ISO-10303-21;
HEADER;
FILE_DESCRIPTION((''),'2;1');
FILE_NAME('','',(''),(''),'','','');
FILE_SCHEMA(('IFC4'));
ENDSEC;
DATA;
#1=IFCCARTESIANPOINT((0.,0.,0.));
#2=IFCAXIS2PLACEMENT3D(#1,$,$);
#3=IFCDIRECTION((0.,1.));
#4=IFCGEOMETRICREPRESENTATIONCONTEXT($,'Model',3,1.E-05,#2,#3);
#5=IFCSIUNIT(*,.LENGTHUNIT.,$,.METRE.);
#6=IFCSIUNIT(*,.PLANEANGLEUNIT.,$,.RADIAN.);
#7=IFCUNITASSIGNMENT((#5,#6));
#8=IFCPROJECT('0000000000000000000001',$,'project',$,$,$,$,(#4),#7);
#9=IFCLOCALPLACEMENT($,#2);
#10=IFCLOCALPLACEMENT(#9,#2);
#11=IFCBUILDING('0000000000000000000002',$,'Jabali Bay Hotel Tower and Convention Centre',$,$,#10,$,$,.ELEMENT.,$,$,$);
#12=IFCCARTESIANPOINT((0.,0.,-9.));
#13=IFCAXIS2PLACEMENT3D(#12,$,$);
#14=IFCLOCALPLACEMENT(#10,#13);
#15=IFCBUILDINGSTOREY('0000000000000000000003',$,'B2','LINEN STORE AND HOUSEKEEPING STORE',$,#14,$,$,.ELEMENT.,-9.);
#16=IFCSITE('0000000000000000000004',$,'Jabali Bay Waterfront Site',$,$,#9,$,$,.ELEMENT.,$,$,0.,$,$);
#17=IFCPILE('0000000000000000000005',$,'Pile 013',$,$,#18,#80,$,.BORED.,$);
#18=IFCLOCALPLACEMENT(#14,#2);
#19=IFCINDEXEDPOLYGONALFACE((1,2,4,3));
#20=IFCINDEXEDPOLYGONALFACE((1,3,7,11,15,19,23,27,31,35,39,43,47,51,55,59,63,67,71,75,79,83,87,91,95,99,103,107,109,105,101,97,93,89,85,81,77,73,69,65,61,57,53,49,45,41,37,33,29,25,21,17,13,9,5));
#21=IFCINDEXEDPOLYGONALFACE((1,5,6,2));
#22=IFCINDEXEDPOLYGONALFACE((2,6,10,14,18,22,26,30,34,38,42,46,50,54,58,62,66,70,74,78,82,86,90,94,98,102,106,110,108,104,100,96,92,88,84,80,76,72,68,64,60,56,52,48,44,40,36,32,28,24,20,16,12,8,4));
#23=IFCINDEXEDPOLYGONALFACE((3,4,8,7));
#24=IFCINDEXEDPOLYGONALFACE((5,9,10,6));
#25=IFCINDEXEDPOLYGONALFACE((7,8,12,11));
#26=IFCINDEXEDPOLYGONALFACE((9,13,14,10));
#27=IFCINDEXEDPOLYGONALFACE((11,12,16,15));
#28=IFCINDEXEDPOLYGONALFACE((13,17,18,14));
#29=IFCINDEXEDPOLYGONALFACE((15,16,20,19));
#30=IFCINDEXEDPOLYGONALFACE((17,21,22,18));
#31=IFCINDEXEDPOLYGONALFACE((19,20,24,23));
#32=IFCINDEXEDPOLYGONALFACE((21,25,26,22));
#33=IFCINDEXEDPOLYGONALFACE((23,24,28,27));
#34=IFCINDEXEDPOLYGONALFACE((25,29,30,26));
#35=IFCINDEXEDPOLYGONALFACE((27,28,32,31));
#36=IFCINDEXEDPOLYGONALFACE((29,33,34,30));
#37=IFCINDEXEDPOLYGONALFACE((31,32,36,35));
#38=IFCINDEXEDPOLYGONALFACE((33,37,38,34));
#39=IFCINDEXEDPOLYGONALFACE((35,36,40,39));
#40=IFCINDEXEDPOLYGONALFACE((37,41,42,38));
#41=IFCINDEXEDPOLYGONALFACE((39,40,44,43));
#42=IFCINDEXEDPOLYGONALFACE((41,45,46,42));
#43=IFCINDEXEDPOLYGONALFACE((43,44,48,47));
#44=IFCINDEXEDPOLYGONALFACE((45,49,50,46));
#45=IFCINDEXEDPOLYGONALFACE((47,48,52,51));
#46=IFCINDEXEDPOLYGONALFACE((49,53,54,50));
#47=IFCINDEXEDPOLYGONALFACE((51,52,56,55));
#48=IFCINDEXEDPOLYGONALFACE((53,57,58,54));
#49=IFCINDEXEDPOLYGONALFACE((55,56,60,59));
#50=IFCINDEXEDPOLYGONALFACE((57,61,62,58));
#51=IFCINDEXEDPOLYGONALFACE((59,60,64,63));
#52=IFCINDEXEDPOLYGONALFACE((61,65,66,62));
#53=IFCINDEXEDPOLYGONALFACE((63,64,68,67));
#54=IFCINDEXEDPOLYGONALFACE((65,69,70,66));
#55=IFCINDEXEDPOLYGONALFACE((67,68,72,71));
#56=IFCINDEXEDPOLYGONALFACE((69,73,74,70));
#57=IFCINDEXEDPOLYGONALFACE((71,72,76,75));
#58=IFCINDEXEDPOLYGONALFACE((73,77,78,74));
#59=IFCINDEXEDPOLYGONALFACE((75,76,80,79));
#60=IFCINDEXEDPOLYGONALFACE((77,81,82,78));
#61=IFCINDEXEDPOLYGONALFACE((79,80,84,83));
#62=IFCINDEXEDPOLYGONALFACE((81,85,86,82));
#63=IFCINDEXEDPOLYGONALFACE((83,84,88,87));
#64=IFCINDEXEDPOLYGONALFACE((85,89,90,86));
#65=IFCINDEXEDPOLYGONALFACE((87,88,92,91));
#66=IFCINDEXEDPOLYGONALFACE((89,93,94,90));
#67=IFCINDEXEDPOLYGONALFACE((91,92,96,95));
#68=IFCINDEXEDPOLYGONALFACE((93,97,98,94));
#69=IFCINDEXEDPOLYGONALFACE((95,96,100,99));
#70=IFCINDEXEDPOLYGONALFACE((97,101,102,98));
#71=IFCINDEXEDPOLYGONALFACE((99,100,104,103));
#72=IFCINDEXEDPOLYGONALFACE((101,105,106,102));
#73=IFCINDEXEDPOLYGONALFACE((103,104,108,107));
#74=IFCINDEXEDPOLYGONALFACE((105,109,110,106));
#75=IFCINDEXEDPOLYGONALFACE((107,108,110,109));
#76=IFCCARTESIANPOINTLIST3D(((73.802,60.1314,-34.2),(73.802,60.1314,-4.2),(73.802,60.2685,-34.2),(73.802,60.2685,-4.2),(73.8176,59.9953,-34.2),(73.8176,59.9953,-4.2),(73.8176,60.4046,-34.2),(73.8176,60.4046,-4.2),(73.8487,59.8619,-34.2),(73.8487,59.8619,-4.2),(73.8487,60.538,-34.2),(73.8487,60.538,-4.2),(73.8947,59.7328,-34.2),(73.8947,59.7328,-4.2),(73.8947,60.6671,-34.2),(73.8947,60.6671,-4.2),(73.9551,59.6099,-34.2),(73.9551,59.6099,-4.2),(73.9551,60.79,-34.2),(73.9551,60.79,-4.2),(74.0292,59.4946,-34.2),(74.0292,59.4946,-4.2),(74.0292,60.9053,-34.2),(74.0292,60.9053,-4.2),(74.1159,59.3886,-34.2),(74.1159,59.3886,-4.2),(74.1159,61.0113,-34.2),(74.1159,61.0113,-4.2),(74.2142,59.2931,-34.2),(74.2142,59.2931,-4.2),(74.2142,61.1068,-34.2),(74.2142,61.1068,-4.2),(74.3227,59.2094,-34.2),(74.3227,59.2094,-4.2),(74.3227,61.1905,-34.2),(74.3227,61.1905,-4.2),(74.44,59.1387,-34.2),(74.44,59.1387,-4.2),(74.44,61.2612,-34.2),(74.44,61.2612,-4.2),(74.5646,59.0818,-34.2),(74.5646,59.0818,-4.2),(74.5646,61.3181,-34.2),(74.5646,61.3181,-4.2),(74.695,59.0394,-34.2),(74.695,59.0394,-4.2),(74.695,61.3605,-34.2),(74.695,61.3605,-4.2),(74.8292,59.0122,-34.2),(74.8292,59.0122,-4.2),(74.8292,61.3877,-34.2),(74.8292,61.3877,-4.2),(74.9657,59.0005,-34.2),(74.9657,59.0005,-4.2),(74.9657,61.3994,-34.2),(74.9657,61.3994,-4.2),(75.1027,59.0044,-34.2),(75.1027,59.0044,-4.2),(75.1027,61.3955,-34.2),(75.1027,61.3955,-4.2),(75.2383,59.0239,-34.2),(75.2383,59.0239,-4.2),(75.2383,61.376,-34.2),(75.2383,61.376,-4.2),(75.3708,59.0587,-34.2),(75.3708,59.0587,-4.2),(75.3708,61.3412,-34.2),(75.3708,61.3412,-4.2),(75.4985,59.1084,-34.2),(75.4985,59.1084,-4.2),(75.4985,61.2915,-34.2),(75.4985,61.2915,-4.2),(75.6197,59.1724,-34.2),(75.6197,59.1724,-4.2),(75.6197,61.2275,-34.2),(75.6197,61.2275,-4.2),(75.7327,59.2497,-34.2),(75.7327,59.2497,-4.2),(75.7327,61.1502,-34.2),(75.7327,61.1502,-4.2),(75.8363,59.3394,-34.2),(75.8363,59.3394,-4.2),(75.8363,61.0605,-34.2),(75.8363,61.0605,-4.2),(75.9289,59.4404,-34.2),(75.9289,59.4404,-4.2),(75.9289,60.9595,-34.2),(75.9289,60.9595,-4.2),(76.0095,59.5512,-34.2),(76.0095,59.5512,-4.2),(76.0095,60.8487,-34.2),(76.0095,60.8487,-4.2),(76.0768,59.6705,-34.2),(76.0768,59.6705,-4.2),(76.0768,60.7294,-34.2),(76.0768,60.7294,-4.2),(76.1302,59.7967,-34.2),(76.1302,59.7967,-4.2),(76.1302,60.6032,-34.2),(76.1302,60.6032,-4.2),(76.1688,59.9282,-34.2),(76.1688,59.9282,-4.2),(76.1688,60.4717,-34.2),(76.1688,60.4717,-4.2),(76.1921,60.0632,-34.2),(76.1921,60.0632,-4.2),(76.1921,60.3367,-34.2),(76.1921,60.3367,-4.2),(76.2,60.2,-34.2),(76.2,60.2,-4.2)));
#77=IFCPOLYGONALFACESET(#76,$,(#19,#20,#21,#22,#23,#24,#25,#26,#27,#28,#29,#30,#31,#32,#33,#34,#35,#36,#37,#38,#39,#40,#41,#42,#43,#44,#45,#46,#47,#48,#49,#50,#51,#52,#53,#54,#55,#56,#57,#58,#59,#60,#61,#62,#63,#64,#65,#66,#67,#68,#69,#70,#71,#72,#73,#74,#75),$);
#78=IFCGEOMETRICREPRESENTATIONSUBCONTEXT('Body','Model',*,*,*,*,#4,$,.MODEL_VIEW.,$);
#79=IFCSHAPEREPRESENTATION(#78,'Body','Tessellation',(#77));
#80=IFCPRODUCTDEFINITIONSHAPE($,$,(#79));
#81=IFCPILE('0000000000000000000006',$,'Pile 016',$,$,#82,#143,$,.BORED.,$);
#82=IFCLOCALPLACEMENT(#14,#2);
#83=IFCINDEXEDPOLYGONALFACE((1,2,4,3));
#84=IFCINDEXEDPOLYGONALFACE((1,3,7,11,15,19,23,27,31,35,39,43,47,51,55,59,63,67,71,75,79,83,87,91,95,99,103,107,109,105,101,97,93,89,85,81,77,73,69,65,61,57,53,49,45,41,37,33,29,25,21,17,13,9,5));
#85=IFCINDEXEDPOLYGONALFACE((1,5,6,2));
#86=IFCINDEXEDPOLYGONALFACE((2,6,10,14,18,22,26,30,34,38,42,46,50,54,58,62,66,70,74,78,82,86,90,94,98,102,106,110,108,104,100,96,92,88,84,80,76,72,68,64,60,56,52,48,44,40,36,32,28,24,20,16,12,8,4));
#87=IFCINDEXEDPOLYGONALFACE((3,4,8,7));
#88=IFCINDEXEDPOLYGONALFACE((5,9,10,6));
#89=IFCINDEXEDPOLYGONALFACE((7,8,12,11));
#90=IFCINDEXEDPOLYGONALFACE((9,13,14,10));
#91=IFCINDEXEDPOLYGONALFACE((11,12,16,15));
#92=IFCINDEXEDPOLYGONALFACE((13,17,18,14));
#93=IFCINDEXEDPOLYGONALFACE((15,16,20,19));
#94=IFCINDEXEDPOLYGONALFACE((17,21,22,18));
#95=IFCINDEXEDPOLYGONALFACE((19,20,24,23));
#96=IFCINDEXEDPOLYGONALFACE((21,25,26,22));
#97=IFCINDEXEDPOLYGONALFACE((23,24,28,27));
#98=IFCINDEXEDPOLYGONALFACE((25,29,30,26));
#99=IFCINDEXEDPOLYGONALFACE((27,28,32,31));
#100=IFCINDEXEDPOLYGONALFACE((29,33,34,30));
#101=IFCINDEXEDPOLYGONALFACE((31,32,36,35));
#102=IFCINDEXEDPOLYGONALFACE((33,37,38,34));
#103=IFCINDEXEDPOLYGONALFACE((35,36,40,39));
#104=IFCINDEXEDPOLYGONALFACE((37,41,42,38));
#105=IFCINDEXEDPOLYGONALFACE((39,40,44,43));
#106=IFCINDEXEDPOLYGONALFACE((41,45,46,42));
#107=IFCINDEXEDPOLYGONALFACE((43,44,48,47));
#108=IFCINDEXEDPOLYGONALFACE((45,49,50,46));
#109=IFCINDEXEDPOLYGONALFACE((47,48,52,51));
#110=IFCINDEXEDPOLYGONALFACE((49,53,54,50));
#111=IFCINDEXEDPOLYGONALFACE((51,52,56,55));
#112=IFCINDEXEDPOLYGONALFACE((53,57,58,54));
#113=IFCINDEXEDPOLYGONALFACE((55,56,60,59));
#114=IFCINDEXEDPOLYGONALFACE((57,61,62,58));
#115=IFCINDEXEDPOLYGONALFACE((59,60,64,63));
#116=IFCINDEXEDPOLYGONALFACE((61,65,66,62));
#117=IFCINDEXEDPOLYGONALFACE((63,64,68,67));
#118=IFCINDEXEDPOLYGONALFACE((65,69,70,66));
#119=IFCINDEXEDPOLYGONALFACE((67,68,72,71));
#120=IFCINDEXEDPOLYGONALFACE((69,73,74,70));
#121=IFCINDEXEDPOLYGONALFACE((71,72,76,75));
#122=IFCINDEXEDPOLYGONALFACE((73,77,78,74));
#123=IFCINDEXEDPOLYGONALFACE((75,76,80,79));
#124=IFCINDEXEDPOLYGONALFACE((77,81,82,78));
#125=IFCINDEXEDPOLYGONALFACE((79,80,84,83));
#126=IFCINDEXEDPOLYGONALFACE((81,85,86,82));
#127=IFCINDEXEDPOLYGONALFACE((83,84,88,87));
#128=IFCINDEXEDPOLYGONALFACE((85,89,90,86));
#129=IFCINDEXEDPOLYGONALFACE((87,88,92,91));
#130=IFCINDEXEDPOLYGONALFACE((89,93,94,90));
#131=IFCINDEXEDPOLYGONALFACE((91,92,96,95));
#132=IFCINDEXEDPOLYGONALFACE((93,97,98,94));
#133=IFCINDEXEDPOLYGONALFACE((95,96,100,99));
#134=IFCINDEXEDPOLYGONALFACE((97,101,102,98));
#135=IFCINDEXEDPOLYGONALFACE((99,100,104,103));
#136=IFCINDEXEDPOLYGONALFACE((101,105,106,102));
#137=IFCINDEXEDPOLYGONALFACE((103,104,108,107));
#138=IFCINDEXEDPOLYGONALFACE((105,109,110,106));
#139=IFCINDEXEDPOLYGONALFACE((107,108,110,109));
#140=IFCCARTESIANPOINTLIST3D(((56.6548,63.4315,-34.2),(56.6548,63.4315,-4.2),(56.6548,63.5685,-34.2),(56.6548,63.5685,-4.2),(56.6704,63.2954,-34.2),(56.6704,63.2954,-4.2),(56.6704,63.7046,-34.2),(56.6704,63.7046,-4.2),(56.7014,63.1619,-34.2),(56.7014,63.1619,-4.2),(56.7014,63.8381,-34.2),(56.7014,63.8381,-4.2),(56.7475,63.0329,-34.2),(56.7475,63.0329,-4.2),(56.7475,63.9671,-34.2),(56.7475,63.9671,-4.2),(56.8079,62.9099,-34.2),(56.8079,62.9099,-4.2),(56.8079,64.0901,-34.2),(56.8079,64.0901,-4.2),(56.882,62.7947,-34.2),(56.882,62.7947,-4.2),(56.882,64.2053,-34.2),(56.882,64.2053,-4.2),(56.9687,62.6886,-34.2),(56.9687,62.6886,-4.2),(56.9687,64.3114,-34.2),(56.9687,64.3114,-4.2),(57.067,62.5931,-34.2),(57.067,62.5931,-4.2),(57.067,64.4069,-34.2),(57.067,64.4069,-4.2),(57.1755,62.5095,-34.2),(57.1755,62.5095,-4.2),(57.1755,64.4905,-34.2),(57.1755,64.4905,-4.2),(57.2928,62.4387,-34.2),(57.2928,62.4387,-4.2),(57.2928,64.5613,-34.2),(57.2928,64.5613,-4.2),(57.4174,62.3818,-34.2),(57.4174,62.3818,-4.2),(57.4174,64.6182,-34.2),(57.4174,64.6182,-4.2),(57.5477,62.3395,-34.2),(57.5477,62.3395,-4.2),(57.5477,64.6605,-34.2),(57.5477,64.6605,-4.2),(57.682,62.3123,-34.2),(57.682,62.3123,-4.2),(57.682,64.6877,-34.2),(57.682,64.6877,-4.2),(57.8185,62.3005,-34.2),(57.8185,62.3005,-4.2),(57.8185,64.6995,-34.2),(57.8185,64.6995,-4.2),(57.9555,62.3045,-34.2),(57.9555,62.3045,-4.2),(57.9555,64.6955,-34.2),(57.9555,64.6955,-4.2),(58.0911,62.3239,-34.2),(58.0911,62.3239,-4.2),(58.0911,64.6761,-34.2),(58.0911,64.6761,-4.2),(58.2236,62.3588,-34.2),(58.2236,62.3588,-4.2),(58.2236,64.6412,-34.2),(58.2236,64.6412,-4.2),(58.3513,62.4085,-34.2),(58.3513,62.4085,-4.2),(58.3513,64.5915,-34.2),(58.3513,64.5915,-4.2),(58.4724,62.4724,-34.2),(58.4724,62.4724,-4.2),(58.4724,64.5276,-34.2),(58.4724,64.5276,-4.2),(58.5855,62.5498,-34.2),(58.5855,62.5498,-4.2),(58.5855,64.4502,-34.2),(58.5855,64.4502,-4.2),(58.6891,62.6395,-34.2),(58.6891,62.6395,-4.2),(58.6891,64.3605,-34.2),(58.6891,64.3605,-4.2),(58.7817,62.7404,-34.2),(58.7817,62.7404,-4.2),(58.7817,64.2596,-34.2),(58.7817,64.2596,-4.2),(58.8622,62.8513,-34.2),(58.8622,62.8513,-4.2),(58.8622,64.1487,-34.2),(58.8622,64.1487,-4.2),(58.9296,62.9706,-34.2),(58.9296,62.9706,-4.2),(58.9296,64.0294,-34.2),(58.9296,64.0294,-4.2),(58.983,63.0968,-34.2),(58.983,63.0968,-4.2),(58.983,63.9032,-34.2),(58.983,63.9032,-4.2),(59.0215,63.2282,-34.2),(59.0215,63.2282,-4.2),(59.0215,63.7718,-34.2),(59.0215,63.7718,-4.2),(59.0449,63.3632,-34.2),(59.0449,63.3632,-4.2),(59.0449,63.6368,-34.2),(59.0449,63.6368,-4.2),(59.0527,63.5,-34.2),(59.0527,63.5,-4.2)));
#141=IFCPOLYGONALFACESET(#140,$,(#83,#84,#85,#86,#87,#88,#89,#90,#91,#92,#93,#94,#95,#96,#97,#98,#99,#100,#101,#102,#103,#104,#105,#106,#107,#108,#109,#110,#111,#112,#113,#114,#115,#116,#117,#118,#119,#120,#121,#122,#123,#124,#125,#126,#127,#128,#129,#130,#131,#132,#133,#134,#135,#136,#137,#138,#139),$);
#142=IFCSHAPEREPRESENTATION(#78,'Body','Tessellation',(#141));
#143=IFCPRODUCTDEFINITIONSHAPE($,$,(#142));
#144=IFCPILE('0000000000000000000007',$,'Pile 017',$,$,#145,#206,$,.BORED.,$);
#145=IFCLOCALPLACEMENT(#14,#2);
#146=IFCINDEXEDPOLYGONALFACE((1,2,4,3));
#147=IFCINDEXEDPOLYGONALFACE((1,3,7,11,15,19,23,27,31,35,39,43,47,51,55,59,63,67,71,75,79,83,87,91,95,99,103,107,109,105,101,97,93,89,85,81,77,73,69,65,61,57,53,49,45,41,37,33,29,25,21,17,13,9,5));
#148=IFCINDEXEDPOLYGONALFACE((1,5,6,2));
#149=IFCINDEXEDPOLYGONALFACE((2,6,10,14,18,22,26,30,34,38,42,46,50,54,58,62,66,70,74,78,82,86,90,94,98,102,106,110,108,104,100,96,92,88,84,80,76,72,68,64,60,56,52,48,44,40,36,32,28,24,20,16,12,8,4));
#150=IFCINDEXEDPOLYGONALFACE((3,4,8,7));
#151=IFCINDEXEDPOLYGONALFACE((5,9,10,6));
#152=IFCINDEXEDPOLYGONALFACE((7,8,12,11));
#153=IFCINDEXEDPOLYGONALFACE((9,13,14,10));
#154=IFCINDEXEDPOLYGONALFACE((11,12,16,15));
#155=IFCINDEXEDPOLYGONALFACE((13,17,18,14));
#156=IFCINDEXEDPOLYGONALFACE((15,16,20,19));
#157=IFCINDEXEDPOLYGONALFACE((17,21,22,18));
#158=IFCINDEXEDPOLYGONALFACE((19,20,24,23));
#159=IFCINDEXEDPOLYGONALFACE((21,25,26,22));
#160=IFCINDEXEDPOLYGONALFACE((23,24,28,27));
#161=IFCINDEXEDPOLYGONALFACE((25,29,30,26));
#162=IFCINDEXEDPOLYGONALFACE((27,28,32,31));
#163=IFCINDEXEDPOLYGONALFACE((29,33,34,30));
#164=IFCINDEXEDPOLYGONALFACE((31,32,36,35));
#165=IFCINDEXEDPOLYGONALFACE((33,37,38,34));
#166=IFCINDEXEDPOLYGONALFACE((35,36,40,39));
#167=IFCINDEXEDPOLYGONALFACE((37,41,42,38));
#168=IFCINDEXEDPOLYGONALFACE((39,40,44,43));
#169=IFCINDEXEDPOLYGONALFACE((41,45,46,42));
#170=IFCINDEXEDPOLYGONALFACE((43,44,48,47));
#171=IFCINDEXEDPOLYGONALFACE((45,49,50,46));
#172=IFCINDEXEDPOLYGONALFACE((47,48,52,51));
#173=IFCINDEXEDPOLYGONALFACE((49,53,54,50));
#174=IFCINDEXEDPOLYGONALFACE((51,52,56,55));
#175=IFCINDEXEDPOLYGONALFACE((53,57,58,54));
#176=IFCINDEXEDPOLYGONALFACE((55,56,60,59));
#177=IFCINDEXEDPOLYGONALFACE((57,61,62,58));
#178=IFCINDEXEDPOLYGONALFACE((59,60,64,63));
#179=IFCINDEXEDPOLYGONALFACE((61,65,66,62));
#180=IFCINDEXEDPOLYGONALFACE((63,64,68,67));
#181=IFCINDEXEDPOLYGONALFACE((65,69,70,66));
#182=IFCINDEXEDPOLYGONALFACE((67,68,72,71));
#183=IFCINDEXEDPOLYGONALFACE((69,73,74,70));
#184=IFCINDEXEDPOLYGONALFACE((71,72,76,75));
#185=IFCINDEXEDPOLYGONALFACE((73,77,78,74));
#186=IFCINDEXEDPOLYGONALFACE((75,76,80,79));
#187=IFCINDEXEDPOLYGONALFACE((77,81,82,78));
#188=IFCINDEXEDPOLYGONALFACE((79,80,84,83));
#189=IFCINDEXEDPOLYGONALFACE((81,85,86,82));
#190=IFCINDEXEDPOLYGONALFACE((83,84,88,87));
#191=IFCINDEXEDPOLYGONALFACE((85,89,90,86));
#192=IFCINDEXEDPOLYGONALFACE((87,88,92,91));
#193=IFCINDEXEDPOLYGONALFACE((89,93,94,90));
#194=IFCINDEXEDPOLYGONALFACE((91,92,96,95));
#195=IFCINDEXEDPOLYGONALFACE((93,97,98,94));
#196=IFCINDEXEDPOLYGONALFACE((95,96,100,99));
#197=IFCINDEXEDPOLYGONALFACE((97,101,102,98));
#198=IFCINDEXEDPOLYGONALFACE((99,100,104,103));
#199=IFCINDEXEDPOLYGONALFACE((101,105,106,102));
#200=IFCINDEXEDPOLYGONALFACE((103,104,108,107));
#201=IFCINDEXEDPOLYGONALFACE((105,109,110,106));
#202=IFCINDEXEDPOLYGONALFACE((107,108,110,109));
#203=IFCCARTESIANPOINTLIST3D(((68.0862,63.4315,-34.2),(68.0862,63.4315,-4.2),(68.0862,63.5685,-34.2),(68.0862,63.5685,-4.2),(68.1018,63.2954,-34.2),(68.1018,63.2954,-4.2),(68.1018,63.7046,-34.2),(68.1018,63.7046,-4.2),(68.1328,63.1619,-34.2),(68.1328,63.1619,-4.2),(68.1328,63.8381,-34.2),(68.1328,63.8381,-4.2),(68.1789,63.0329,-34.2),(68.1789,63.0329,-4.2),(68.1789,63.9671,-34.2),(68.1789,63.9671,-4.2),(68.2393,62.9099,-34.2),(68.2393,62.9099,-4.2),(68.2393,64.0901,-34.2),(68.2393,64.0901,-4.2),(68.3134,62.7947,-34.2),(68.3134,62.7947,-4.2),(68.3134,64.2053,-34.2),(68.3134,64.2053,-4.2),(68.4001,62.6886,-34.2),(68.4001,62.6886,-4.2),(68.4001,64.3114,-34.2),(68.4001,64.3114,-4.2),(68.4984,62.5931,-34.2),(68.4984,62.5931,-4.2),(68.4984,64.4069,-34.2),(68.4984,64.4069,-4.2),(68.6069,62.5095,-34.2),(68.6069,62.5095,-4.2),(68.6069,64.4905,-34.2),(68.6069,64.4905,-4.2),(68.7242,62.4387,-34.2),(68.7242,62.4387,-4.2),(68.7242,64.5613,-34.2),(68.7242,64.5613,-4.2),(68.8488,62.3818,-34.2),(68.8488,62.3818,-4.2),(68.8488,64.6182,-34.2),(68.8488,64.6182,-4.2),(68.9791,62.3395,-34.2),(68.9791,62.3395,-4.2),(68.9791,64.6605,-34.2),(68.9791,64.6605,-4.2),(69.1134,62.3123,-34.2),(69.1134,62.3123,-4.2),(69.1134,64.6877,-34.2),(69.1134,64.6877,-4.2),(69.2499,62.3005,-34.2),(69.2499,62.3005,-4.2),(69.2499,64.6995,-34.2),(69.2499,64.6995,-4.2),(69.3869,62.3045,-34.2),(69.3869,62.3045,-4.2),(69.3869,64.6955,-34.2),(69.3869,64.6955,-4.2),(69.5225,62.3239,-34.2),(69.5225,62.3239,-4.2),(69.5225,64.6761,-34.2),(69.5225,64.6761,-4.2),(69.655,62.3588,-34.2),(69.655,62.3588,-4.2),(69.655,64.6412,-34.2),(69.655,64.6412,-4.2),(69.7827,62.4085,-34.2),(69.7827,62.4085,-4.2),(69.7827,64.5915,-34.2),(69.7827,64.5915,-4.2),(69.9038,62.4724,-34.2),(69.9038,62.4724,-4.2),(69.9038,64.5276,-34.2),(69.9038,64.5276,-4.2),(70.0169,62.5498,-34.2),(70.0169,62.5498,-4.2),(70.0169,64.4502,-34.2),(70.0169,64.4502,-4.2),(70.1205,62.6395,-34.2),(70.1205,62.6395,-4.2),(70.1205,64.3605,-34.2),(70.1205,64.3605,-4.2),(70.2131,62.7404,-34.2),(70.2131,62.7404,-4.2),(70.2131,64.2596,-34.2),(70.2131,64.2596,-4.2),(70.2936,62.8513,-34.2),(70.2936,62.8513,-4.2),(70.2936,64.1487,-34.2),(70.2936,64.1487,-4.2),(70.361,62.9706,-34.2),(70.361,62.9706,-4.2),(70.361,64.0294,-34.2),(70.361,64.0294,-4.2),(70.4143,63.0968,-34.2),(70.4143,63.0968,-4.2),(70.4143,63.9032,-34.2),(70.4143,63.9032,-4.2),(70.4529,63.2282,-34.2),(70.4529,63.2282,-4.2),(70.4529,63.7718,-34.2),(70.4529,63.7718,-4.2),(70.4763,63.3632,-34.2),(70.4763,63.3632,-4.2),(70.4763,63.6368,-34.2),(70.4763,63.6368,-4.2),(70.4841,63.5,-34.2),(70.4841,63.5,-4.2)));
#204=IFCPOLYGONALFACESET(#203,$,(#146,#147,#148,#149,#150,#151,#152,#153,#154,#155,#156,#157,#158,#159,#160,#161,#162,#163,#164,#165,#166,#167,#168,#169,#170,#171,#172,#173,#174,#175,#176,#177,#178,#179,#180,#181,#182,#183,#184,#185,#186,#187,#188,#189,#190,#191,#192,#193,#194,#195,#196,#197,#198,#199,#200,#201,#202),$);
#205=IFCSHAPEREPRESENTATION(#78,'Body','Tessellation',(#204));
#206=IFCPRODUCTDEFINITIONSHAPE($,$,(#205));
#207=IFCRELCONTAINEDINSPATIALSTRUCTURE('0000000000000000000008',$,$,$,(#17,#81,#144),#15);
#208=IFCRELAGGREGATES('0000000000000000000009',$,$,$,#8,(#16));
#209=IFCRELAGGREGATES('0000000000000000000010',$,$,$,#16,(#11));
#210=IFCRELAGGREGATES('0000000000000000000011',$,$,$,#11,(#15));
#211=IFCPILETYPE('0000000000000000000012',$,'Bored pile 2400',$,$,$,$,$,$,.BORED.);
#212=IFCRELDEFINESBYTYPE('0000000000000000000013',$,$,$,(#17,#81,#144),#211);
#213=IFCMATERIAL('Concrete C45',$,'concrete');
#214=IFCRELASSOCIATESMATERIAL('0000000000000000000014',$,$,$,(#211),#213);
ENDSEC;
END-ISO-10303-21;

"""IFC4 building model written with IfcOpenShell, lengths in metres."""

from ifc_helpers import new_model, si_unit, direction, frame, origin, origin_2d, place, context, subcontext, project, spatial, circle, extrude, material, material_profile, profile_set, type_object, element, save


model = new_model("IFC4")

# Units and contexts
model_context = context("Model", 3, precision=1e-05, world=origin(), true_north=direction((0.0, 1.0)))
body_context = subcontext(model_context, "Body", "Model", "MODEL_VIEW")
ifc_project = project(units=[si_unit("LENGTHUNIT", "METRE"), si_unit("PLANEANGLEUNIT", "RADIAN")], contexts=[model_context])

# Site, building, storey
site_placement = place(None, origin())
site = spatial("IfcSite", under=ifc_project, at=site_placement, Name="Jabali Bay Waterfront Site", CompositionType="ELEMENT", RefElevation=0.0)
building_placement = place(site_placement, origin())
building = spatial("IfcBuilding", under=site, at=building_placement, Name="Jabali Bay Hotel Tower and Convention Centre", CompositionType="ELEMENT")
storey_placement = place(building_placement, frame((0.0, 0.0, -9.0)))
storey = spatial("IfcBuildingStorey", under=building, at=storey_placement, Name="B2", Description="LINEN STORE AND HOUSEKEEPING STORE", CompositionType="ELEMENT", Elevation=-9.0)

# Piles
ifc_material_1 = material(Name="Concrete C45", Category="concrete")
ifc_material_profile_1 = material_profile(ifc_material_1, circle(Radius=1.2, at=origin_2d()), Name="Bored pile 2400")
ifc_profile_set_1 = profile_set([ifc_material_profile_1], Name="Concrete C45")
pile_type = type_object("IfcPileType", Name="Bored pile 2400", PredefinedType="BORED", material=ifc_profile_set_1)
for number, where, z_axis, x_axis, name in (
    (1, (75.0, 60.2, -4.2), (0.0, 0.0, -1.0), (1.0, 0.0, 0.0), "Pile 013"),
    (2, (57.8528, 63.5, -4.2), (0.0, 0.0, -1.0), (1.0, 0.0, 0.0), "Pile 016"),
    (3, (69.2842, 63.5, -4.2), (0.0, 0.0, -1.0), (1.0, 0.0, 0.0), "Pile 017"),
):
    element("IfcPile", number, at=place(storey_placement, frame(where, z_axis=z_axis, x_axis=x_axis)), inside=storey, type_object=pile_type, Name=name, PredefinedType="BORED", context=body_context, shape_type="SweptSolid", body=[
        extrude(circle(Radius=1.2, at=origin_2d()), origin(), (0.0, 0.0, 1.0), 30.0),
    ])

save(model, "model.ifc")
